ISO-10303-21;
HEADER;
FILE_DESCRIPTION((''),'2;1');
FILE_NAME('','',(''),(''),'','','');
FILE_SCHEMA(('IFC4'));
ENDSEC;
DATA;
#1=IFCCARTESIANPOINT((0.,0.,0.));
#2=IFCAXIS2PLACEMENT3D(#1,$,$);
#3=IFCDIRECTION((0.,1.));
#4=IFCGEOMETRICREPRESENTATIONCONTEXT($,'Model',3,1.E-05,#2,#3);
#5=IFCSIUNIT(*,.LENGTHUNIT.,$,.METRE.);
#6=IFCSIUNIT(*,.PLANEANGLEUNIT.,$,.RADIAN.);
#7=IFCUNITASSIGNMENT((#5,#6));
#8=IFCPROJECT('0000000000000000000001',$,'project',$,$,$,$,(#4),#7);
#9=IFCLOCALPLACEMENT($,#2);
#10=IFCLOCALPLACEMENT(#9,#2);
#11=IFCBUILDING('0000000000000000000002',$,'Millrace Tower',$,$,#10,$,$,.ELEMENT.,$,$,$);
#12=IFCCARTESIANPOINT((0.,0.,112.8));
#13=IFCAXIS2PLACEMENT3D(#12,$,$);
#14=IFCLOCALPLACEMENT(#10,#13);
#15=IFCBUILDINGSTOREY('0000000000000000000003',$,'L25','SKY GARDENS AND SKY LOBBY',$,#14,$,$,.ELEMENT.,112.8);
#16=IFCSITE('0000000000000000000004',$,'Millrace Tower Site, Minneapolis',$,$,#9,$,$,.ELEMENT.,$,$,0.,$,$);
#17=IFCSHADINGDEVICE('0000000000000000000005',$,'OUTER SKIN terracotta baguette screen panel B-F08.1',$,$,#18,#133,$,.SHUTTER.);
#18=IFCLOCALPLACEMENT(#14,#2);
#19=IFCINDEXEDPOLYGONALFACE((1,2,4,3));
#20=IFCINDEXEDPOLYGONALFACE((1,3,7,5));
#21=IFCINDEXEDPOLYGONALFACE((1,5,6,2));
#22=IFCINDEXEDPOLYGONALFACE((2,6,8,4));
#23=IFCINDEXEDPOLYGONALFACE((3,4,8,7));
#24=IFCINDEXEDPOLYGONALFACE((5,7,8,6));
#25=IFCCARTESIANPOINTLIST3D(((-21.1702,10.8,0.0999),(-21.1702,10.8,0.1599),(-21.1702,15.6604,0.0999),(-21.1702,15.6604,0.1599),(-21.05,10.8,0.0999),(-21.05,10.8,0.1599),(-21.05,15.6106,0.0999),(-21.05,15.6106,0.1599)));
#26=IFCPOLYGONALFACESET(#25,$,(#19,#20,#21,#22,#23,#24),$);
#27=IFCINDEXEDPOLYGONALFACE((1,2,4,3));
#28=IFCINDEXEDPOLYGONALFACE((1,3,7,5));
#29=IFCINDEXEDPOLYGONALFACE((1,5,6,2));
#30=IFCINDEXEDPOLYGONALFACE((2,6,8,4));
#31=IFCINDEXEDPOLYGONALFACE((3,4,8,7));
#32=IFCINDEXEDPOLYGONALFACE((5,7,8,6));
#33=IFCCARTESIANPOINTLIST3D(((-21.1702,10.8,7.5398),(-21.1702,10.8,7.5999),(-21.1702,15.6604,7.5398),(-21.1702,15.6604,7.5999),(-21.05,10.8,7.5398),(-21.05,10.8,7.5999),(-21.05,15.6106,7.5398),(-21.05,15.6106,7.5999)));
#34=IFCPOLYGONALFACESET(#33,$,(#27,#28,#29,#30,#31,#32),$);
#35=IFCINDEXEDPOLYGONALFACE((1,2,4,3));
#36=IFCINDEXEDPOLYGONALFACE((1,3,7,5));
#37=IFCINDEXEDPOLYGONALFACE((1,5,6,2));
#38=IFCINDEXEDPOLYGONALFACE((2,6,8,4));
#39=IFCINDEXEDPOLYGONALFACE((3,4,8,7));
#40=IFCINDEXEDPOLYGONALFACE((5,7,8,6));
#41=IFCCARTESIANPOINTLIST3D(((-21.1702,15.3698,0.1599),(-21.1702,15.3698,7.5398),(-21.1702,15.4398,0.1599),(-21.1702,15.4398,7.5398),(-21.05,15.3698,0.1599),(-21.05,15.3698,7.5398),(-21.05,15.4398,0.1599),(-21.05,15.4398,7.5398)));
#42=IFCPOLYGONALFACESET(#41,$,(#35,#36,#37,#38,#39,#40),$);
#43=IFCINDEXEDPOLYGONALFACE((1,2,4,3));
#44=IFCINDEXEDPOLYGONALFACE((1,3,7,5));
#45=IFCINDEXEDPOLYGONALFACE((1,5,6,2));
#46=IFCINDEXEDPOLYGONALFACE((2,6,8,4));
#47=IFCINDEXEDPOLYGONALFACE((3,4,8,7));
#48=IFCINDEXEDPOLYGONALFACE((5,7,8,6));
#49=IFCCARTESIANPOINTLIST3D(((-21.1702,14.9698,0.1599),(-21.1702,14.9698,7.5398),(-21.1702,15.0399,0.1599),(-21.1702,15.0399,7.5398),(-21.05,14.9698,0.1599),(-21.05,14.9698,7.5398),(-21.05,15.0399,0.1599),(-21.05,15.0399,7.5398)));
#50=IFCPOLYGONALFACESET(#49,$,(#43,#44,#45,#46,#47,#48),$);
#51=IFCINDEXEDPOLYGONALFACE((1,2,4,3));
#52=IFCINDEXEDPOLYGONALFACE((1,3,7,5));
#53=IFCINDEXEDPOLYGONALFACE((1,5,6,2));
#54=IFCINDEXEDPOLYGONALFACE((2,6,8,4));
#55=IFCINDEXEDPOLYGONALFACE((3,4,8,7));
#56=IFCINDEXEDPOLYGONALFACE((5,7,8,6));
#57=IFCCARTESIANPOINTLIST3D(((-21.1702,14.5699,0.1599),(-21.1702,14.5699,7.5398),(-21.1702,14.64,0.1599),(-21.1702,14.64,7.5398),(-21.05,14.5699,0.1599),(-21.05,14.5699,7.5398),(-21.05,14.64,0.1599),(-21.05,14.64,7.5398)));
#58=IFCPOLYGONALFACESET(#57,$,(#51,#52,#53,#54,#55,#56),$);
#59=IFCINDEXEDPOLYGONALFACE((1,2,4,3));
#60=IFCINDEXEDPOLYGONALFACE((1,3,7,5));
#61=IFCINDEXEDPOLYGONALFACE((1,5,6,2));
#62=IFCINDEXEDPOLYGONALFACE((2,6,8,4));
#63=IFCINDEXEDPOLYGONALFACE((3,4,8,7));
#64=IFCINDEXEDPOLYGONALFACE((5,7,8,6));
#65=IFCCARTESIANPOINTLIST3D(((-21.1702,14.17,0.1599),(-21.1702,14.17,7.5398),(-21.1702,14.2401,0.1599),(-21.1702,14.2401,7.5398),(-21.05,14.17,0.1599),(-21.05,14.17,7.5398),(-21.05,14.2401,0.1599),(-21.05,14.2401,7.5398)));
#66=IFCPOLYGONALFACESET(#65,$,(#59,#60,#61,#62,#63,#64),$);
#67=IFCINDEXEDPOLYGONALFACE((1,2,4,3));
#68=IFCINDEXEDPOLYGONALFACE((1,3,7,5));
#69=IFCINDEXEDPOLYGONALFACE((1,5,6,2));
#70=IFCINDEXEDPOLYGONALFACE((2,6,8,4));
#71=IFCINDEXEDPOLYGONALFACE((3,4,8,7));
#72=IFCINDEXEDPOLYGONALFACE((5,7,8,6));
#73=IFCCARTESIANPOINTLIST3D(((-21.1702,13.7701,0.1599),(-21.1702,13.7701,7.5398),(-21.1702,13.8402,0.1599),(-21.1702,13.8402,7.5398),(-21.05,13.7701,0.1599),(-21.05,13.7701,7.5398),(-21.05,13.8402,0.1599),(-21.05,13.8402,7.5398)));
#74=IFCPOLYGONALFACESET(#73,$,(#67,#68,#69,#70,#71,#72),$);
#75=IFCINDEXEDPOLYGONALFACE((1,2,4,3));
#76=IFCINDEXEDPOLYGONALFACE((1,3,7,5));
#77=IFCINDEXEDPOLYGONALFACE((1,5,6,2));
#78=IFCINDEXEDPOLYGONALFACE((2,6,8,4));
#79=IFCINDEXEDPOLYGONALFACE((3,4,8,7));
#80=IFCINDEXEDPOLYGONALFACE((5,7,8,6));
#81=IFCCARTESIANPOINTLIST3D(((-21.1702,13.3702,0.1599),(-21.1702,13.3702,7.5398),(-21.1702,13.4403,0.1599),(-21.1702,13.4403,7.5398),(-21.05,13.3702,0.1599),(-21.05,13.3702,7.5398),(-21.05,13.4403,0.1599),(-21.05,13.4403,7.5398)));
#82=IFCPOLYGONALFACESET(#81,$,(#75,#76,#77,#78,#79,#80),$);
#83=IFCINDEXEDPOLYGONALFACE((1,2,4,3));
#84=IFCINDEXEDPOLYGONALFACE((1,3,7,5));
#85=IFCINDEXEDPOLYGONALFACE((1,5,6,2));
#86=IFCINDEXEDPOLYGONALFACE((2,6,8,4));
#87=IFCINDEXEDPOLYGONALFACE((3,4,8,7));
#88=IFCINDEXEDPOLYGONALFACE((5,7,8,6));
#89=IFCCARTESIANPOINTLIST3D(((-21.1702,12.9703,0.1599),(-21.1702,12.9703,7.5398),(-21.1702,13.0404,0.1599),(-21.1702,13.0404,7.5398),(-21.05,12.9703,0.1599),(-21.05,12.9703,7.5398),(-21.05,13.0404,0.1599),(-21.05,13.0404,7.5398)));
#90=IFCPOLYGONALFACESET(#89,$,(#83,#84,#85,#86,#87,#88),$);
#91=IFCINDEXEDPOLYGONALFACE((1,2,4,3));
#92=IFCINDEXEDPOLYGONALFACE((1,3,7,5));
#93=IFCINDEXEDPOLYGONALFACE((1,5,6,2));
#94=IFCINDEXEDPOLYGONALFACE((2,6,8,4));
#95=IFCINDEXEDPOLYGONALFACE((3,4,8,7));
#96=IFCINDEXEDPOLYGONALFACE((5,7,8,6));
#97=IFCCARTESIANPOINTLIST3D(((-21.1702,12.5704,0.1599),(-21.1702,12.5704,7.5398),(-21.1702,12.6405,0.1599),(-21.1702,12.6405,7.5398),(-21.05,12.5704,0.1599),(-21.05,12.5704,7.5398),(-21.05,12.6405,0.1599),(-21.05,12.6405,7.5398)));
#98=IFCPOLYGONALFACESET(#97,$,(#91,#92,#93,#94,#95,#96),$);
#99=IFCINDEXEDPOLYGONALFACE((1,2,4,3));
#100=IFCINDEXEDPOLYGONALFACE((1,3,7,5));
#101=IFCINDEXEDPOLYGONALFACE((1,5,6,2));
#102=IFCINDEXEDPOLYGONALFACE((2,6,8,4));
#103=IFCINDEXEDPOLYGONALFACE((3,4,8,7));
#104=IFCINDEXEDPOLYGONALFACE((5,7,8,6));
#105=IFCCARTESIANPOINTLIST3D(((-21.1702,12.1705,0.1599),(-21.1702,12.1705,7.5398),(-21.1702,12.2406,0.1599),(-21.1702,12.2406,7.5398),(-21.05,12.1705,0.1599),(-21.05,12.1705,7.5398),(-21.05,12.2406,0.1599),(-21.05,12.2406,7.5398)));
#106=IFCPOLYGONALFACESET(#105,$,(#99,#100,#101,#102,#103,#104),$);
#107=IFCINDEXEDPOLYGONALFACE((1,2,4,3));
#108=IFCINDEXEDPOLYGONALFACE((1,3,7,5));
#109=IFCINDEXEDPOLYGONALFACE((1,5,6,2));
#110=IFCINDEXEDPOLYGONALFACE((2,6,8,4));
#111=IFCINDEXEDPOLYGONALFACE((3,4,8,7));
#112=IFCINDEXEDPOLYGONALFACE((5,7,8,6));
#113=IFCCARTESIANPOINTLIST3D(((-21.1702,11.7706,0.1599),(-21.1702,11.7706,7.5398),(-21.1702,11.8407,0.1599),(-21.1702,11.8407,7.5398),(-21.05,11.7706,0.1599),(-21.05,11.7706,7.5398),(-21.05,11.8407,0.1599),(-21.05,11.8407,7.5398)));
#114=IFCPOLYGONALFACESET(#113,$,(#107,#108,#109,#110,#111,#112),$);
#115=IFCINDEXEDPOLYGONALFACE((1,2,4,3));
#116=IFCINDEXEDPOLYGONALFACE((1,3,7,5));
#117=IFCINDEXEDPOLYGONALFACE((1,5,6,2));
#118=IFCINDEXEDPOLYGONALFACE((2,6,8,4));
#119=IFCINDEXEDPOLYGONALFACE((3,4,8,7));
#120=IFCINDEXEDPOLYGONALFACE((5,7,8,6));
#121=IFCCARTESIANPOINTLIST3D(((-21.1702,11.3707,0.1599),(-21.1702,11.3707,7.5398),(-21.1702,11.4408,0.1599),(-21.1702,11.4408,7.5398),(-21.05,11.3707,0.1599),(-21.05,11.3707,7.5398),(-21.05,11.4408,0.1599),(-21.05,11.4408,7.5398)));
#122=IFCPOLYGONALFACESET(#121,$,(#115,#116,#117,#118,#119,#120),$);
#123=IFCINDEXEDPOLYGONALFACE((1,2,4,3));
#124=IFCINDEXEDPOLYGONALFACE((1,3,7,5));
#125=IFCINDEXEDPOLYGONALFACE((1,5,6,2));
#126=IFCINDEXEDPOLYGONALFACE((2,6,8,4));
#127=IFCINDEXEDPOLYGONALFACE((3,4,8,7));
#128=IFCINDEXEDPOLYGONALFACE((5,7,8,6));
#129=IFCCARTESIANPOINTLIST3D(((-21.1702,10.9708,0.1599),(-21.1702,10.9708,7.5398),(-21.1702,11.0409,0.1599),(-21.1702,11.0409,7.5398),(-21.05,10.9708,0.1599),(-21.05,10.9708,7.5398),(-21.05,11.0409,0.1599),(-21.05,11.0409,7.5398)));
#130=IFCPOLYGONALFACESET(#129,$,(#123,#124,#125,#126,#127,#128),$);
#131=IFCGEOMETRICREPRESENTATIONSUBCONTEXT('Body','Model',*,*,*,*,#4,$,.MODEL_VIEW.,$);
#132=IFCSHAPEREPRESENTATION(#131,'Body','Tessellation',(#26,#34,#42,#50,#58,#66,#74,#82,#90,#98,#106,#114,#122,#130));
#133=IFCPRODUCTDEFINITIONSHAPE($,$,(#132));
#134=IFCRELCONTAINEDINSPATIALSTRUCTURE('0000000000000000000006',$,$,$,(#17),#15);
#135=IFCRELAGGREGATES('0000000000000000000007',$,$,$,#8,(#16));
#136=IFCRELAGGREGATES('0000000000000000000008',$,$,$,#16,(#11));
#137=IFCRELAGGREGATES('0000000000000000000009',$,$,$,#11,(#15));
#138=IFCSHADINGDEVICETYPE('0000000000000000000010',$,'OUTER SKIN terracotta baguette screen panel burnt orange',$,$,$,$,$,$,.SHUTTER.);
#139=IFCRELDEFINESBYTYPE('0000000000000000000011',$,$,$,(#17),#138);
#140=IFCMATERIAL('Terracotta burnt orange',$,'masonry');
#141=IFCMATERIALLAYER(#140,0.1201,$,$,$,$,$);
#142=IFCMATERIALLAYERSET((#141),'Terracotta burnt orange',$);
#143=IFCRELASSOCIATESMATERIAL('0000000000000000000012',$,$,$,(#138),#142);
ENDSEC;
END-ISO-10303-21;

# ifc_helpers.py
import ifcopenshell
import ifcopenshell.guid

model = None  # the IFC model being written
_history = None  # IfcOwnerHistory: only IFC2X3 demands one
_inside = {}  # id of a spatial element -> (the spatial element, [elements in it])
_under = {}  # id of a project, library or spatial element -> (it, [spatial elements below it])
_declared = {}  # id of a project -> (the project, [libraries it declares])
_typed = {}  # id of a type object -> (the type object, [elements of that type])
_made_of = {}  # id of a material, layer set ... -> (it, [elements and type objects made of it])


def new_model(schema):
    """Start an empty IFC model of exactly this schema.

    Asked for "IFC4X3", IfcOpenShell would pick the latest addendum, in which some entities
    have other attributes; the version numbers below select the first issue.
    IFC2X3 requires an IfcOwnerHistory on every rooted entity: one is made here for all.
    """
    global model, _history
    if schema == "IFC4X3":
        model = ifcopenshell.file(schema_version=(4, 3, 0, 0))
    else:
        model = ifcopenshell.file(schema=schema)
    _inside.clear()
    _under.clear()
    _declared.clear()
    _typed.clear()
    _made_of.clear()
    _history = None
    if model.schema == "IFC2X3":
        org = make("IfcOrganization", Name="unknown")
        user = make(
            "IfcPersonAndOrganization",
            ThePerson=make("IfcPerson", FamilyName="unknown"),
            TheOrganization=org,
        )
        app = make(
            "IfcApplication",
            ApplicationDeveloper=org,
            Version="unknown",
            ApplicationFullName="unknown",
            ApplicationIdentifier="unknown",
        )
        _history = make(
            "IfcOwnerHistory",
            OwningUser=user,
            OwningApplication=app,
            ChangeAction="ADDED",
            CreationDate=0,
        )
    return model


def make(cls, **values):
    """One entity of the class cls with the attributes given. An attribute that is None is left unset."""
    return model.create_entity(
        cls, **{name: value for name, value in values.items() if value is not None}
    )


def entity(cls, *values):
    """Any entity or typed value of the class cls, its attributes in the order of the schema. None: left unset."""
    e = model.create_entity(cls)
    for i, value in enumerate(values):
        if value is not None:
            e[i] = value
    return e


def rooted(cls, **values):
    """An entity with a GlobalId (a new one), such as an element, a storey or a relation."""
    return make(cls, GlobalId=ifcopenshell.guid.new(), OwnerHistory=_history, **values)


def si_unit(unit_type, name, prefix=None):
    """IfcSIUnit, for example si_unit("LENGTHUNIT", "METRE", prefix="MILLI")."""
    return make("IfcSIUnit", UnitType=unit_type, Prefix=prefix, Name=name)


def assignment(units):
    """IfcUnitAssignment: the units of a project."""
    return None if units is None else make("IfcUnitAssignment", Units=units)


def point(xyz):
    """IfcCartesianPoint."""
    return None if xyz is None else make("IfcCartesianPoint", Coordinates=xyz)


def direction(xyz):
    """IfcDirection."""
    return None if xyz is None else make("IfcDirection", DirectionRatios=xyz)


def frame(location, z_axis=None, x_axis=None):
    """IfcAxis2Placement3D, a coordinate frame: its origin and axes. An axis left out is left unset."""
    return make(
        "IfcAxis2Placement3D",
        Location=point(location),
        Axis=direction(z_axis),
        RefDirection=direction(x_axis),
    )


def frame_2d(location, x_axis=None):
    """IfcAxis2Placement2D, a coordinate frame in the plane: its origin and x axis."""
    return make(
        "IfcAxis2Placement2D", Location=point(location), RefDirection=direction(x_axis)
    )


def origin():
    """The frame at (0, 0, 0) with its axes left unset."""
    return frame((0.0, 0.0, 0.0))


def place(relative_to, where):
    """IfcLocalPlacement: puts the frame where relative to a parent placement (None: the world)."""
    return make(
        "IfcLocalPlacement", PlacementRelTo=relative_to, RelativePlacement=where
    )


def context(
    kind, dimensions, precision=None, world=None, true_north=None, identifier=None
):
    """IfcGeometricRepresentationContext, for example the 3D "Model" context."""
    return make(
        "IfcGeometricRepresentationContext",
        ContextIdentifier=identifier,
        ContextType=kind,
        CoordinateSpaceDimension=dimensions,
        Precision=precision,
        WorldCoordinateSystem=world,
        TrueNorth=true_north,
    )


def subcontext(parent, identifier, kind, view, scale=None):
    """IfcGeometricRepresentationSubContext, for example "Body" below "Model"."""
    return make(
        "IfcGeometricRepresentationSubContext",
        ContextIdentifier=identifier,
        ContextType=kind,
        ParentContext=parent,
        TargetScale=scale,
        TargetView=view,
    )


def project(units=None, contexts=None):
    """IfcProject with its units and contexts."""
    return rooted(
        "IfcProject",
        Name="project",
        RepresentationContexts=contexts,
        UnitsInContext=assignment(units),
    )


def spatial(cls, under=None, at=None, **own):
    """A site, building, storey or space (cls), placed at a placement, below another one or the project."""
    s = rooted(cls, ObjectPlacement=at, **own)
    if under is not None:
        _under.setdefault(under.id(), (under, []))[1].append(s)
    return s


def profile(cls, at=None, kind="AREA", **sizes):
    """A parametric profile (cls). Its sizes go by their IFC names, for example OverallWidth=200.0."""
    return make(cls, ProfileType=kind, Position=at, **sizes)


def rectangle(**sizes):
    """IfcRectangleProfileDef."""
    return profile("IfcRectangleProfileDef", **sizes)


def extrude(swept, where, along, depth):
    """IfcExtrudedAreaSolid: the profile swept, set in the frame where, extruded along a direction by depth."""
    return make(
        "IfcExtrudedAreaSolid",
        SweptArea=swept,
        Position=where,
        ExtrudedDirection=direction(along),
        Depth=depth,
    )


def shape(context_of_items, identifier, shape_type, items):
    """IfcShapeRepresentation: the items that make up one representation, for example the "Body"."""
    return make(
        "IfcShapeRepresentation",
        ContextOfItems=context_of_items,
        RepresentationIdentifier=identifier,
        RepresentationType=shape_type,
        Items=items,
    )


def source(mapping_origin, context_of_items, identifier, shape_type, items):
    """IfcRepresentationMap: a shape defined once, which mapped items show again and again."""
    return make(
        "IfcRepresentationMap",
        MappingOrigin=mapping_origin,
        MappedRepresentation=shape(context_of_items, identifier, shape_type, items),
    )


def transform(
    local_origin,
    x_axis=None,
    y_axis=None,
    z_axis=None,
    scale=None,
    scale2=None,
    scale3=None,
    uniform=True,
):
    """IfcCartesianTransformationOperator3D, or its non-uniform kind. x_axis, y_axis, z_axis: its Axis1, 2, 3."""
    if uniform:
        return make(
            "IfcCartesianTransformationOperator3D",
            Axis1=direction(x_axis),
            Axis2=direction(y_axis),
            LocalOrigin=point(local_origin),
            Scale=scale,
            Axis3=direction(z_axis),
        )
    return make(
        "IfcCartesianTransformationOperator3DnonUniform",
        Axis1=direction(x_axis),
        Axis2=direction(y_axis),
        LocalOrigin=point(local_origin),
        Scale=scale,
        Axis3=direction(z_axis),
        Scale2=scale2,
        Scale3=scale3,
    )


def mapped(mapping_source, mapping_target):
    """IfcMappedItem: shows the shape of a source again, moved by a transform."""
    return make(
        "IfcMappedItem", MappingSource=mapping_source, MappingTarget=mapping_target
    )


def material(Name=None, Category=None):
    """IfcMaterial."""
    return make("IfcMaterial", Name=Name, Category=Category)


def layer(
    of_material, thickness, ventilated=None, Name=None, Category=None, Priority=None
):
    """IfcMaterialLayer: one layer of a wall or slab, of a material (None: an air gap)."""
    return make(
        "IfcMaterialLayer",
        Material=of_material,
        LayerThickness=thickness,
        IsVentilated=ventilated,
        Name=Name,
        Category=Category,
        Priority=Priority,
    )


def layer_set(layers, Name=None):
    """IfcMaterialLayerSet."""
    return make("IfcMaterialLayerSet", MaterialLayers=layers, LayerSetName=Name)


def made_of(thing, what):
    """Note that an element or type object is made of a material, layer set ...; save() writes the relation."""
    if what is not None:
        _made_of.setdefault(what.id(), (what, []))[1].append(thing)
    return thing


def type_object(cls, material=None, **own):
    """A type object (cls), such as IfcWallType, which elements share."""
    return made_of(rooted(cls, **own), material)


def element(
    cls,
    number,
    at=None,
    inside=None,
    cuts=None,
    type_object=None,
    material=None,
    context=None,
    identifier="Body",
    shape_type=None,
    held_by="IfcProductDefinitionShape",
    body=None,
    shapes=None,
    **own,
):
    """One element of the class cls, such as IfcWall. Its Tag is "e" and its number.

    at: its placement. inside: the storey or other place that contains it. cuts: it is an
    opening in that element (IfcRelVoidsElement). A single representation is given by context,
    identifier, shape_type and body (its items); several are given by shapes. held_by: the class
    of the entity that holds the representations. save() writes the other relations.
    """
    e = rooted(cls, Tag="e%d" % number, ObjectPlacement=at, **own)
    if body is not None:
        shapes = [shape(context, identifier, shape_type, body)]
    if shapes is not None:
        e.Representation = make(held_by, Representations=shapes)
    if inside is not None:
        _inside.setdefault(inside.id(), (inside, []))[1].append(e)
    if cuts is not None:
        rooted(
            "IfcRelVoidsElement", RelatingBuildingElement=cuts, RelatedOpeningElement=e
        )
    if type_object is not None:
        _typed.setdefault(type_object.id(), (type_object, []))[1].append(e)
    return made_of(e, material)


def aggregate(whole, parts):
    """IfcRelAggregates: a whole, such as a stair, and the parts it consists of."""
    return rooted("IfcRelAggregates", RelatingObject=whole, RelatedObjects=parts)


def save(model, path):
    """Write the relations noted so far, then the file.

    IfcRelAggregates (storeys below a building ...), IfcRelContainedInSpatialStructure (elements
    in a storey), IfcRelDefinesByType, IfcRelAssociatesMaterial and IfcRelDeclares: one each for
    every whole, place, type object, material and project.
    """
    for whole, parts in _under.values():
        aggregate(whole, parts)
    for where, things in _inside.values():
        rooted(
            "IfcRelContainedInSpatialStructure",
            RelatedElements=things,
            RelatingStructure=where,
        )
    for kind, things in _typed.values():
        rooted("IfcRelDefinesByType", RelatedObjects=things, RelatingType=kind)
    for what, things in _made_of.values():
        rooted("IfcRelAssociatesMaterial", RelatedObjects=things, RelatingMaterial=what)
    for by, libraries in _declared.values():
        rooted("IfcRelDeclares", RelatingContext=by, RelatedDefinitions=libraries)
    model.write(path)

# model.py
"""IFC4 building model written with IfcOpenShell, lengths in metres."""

from ifc_helpers import new_model, entity, si_unit, direction, frame, frame_2d, origin, place, context, subcontext, project, spatial, rectangle, extrude, source, transform, mapped, material, layer, layer_set, type_object, element, save


model = new_model("IFC4")

# Units and contexts
model_context = context("Model", 3, precision=1e-05, world=origin(), true_north=direction((0.0, 1.0)))
body_context = subcontext(model_context, "Body", "Model", "MODEL_VIEW")
ifc_project = project(units=[si_unit("LENGTHUNIT", "METRE"), si_unit("PLANEANGLEUNIT", "RADIAN")], contexts=[model_context])

# Site, building, storey
site_placement = place(None, origin())
site = spatial("IfcSite", under=ifc_project, at=site_placement, Name="Millrace Tower Site, Minneapolis", CompositionType="ELEMENT", RefElevation=0.0)
building_placement = place(site_placement, origin())
building = spatial("IfcBuilding", under=site, at=building_placement, Name="Millrace Tower", CompositionType="ELEMENT")
storey_placement = place(building_placement, frame((0.0, 0.0, 112.8)))
storey = spatial("IfcBuildingStorey", under=building, at=storey_placement, Name="L25", Description="SKY GARDENS AND SKY LOBBY", CompositionType="ELEMENT", Elevation=112.8)

# Shading device
ifc_material_1 = material(Name="Terracotta burnt orange", Category="masonry")
ifc_layer_1 = layer(ifc_material_1, 0.1201)
ifc_layer_set_1 = layer_set([ifc_layer_1], Name="Terracotta burnt orange")
shading_device_type = type_object("IfcShadingDeviceType", Name="OUTER SKIN terracotta baguette screen panel burnt orange", PredefinedType="SHUTTER", material=ifc_layer_set_1)
cartesian_point_1 = entity("IfcCartesianPoint", [-2.3928, 0.0601])
shared_polyline_1 = entity("IfcPolyline", [cartesian_point_1, entity("IfcCartesianPoint", [2.4177, 0.0601]), entity("IfcCartesianPoint", [2.4177, -0.0601]), entity("IfcCartesianPoint", [-2.4426, -0.0601]), cartesian_point_1])
shared_shape_1 = source(origin(), body_context, "Body", "SweptSolid", [
    entity("IfcExtrudedAreaSolid", entity("IfcArbitraryClosedProfileDef", "AREA", None, shared_polyline_1), entity("IfcAxis2Placement3D", entity("IfcCartesianPoint", [0.0, 0.0, 0.0])), entity("IfcDirection", [0.0, 0.0, 1.0]), 0.0601),
    entity("IfcExtrudedAreaSolid", entity("IfcArbitraryClosedProfileDef", "AREA", None, shared_polyline_1), entity("IfcAxis2Placement3D", entity("IfcCartesianPoint", [0.0, 0.0, 7.4399])), entity("IfcDirection", [0.0, 0.0, 1.0]), 0.0601),
    extrude(rectangle(XDim=0.0701, YDim=0.1201, at=frame_2d((-2.187, 0.0))), frame((0.0, 0.0, 0.0601)), (0.0, 0.0, 1.0), 7.3799),
    extrude(rectangle(XDim=0.0701, YDim=0.1201, at=frame_2d((-1.7871, 0.0))), frame((0.0, 0.0, 0.0601)), (0.0, 0.0, 1.0), 7.3799),
    extrude(rectangle(XDim=0.0701, YDim=0.1201, at=frame_2d((-1.3872, 0.0))), frame((0.0, 0.0, 0.0601)), (0.0, 0.0, 1.0), 7.3799),
    extrude(rectangle(XDim=0.0701, YDim=0.1201, at=frame_2d((-0.9873, 0.0))), frame((0.0, 0.0, 0.0601)), (0.0, 0.0, 1.0), 7.3799),
    extrude(rectangle(XDim=0.0701, YDim=0.1201, at=frame_2d((-0.5874, 0.0))), frame((0.0, 0.0, 0.0601)), (0.0, 0.0, 1.0), 7.3799),
    extrude(rectangle(XDim=0.0701, YDim=0.1201, at=frame_2d((-0.1875, 0.0))), frame((0.0, 0.0, 0.0601)), (0.0, 0.0, 1.0), 7.3799),
    extrude(rectangle(XDim=0.0701, YDim=0.1201, at=frame_2d((0.2124, 0.0))), frame((0.0, 0.0, 0.0601)), (0.0, 0.0, 1.0), 7.3799),
    extrude(rectangle(XDim=0.0701, YDim=0.1201, at=frame_2d((0.6123, 0.0))), frame((0.0, 0.0, 0.0601)), (0.0, 0.0, 1.0), 7.3799),
    extrude(rectangle(XDim=0.0701, YDim=0.1201, at=frame_2d((1.0122, 0.0))), frame((0.0, 0.0, 0.0601)), (0.0, 0.0, 1.0), 7.3799),
    extrude(rectangle(XDim=0.0701, YDim=0.1201, at=frame_2d((1.4121, 0.0))), frame((0.0, 0.0, 0.0601)), (0.0, 0.0, 1.0), 7.3799),
    extrude(rectangle(XDim=0.0701, YDim=0.1201, at=frame_2d((1.812, 0.0))), frame((0.0, 0.0, 0.0601)), (0.0, 0.0, 1.0), 7.3799),
    extrude(rectangle(XDim=0.0701, YDim=0.1201, at=frame_2d((2.2119, 0.0))), frame((0.0, 0.0, 0.0601)), (0.0, 0.0, 1.0), 7.3799),
])
shading_device_1_placement = place(storey_placement, frame((-21.1101, 13.2178, 0.0999), z_axis=(0.0, 0.0, 1.0), x_axis=(0.0, -1.0, 0.0)))
element("IfcShadingDevice", 1, at=shading_device_1_placement, inside=storey, type_object=shading_device_type, Name="OUTER SKIN terracotta baguette screen panel B-F08.1", PredefinedType="SHUTTER", context=body_context, shape_type="MappedRepresentation", body=[
    mapped(shared_shape_1, transform((0.0, 0.0, 0.0), scale=1.0)),
])

save(model, "model.ifc")
